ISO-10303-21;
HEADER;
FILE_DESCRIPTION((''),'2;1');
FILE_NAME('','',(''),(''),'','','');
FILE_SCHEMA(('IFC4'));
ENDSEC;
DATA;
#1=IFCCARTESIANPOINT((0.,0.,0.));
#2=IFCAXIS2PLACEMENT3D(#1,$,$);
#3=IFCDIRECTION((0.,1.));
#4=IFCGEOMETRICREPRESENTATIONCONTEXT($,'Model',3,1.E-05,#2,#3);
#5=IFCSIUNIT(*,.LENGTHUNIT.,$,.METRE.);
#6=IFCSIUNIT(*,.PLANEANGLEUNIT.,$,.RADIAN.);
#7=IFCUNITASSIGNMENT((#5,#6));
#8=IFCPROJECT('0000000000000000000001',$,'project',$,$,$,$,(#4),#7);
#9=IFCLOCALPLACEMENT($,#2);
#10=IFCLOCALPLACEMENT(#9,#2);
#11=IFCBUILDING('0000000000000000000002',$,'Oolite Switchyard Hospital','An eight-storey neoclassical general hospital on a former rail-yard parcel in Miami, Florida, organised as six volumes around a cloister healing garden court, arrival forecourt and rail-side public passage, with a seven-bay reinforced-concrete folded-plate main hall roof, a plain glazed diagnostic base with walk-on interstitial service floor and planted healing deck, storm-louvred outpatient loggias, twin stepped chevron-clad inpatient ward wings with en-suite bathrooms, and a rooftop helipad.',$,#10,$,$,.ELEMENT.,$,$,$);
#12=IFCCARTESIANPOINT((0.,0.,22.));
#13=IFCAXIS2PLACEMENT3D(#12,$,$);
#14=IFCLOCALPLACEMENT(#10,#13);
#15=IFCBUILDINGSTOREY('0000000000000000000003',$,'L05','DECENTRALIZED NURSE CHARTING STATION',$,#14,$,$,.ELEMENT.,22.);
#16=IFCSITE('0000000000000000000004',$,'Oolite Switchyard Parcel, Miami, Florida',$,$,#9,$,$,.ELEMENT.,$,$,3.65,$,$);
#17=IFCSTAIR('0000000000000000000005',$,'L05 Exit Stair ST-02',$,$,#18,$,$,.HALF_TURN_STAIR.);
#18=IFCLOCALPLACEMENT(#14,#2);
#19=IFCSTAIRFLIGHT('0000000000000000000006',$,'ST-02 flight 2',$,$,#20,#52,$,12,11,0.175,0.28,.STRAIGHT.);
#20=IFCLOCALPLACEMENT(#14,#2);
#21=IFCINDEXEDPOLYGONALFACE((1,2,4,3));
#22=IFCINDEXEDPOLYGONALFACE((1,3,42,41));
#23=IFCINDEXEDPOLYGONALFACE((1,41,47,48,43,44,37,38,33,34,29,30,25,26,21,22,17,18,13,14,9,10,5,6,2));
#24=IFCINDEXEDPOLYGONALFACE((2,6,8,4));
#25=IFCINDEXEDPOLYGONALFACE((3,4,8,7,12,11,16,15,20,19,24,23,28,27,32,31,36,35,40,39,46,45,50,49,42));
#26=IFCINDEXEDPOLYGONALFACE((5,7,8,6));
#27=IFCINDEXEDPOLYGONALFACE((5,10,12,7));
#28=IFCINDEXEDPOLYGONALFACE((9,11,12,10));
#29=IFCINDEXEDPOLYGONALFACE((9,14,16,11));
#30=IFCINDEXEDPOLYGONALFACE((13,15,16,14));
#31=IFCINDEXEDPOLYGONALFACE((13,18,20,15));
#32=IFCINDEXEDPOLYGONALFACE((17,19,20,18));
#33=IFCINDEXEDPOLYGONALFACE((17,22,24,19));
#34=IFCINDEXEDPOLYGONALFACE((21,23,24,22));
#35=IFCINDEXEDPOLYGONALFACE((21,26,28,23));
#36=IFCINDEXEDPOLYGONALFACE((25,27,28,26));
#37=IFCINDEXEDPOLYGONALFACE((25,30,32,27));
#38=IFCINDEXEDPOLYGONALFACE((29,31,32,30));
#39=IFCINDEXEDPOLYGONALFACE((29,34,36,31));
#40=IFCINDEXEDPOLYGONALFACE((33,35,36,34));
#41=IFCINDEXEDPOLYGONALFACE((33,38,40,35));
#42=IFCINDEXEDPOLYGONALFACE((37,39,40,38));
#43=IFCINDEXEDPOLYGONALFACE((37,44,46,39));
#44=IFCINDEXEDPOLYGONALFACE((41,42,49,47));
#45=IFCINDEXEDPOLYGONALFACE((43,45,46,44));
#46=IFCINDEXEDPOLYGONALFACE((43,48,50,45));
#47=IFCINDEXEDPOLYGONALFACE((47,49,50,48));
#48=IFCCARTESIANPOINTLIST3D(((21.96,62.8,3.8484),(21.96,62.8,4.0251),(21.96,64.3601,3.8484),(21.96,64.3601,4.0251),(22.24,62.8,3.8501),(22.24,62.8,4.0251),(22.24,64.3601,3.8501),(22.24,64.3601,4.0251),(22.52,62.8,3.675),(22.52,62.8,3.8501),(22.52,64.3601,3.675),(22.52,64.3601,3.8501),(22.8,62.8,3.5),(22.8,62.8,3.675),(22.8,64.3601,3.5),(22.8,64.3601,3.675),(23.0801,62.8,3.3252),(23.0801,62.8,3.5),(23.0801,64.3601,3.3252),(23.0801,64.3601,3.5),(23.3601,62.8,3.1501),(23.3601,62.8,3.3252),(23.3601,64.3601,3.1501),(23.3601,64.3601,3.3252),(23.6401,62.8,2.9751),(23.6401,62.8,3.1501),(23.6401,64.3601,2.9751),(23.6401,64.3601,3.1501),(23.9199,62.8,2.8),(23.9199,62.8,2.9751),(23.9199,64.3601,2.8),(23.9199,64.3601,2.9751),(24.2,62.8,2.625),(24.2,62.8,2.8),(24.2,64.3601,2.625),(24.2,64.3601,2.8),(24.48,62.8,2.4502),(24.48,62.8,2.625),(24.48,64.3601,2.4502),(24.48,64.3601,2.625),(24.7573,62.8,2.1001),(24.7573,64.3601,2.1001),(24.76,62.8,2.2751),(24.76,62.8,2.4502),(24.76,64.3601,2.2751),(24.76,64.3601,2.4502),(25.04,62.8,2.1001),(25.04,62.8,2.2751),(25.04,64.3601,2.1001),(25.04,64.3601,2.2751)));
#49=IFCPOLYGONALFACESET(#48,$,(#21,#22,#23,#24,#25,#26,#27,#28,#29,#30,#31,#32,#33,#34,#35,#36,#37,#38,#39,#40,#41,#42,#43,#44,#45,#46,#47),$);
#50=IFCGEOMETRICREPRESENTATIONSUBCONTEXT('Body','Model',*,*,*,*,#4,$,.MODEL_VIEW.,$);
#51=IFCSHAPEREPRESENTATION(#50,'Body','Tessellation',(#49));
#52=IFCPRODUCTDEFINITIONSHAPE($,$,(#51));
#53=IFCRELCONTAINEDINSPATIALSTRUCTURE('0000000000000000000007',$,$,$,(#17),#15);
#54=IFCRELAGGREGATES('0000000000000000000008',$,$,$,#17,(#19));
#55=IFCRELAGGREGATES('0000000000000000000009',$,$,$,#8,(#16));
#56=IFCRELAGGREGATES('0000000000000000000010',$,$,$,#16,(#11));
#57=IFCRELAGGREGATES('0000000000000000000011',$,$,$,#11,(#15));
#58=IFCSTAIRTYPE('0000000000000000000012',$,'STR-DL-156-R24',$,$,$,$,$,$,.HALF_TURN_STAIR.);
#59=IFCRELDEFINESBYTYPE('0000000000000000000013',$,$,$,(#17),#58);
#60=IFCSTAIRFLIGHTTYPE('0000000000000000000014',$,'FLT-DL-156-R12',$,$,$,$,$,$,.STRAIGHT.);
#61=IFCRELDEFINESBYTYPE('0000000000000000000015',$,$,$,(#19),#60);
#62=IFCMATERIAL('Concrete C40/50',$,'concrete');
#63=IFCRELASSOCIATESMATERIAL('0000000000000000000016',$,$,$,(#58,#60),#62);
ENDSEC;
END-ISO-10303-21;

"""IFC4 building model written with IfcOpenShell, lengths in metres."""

from ifc_helpers import new_model, si_unit, direction, frame, origin, place, context, subcontext, project, spatial, polyline, outline, extrude, material, type_object, element, aggregate, save


model = new_model("IFC4")

# Units and contexts
model_context = context("Model", 3, precision=1e-05, world=origin(), true_north=direction((0.0, 1.0)))
body_context = subcontext(model_context, "Body", "Model", "MODEL_VIEW")
ifc_project = project(units=[si_unit("LENGTHUNIT", "METRE"), si_unit("PLANEANGLEUNIT", "RADIAN")], contexts=[model_context])

# Site, building, storey
site_placement = place(None, origin())
site = spatial("IfcSite", under=ifc_project, at=site_placement, Name="Oolite Switchyard Parcel, Miami, Florida", CompositionType="ELEMENT", RefElevation=3.65)
building_placement = place(site_placement, origin())
building = spatial("IfcBuilding", under=site, at=building_placement, Name="Oolite Switchyard Hospital", Description="An eight-storey neoclassical general hospital on a former rail-yard parcel in Miami, Florida, organised as six volumes around a cloister healing garden court, arrival forecourt and rail-side public passage, with a seven-bay reinforced-concrete folded-plate main hall roof, a plain glazed diagnostic base with walk-on interstitial service floor and planted healing deck, storm-louvred outpatient loggias, twin stepped chevron-clad inpatient ward wings with en-suite bathrooms, and a rooftop helipad.", CompositionType="ELEMENT")
storey_placement = place(building_placement, frame((0.0, 0.0, 22.0)))
storey = spatial("IfcBuildingStorey", under=building, at=storey_placement, Name="L05", Description="DECENTRALIZED NURSE CHARTING STATION", CompositionType="ELEMENT", Elevation=22.0)

# Shared definitions
ifc_material_1 = material(Name="Concrete C40/50", Category="concrete")

# Stair, stair flight
stair_type = type_object("IfcStairType", Name="STR-DL-156-R24", PredefinedType="HALF_TURN_STAIR", material=ifc_material_1)
stair_placement = place(storey_placement, origin())
stair = element("IfcStair", 1, at=stair_placement, inside=storey, type_object=stair_type, Name="L05 Exit Stair ST-02", PredefinedType="HALF_TURN_STAIR")
stair_flight_type = type_object("IfcStairFlightType", Name="FLT-DL-156-R12", PredefinedType="STRAIGHT", material=ifc_material_1)
stair_flight_1_placement = place(storey_placement, frame((25.04, 63.5801, 2.1001), z_axis=(0.0, 0.0, 1.0), x_axis=(-1.0, 0.0, 0.0)))
stair_flight_1 = element("IfcStairFlight", 2, at=stair_flight_1_placement, type_object=stair_flight_type, Name="ST-02 flight 2", NumberOfRisers=12, NumberOfTreads=11, PredefinedType="STRAIGHT", RiserHeight=0.175, TreadLength=0.28, context=body_context, shape_type="SweptSolid", body=[
    extrude(outline(polyline([(0.0, 0.0), (0.0, 0.175), (0.28, 0.175), (0.28, 0.3501), (0.5601, 0.3501), (0.5601, 0.5249), (0.8401, 0.5249), (0.8401, 0.7), (1.1201, 0.7), (1.1201, 0.875), (1.3999, 0.875), (1.3999, 1.05), (1.6799, 1.05), (1.6799, 1.2251), (1.96, 1.2251), (1.96, 1.3999), (2.24, 1.3999), (2.24, 1.575), (2.52, 1.575), (2.52, 1.75), (2.8, 1.75), (2.8, 1.925), (3.0801, 1.925), (3.0801, 2.1001), (3.0801, 1.7483), (0.2827, 0.0), (0.0, 0.0)])), frame((0.0, 0.78, 0.0), z_axis=(0.0, -1.0, 0.0), x_axis=(1.0, 0.0, 0.0)), (0.0, 0.0, 1.0), 1.5601),
])
aggregate(stair, [stair_flight_1])

save(model, "model.ifc")
